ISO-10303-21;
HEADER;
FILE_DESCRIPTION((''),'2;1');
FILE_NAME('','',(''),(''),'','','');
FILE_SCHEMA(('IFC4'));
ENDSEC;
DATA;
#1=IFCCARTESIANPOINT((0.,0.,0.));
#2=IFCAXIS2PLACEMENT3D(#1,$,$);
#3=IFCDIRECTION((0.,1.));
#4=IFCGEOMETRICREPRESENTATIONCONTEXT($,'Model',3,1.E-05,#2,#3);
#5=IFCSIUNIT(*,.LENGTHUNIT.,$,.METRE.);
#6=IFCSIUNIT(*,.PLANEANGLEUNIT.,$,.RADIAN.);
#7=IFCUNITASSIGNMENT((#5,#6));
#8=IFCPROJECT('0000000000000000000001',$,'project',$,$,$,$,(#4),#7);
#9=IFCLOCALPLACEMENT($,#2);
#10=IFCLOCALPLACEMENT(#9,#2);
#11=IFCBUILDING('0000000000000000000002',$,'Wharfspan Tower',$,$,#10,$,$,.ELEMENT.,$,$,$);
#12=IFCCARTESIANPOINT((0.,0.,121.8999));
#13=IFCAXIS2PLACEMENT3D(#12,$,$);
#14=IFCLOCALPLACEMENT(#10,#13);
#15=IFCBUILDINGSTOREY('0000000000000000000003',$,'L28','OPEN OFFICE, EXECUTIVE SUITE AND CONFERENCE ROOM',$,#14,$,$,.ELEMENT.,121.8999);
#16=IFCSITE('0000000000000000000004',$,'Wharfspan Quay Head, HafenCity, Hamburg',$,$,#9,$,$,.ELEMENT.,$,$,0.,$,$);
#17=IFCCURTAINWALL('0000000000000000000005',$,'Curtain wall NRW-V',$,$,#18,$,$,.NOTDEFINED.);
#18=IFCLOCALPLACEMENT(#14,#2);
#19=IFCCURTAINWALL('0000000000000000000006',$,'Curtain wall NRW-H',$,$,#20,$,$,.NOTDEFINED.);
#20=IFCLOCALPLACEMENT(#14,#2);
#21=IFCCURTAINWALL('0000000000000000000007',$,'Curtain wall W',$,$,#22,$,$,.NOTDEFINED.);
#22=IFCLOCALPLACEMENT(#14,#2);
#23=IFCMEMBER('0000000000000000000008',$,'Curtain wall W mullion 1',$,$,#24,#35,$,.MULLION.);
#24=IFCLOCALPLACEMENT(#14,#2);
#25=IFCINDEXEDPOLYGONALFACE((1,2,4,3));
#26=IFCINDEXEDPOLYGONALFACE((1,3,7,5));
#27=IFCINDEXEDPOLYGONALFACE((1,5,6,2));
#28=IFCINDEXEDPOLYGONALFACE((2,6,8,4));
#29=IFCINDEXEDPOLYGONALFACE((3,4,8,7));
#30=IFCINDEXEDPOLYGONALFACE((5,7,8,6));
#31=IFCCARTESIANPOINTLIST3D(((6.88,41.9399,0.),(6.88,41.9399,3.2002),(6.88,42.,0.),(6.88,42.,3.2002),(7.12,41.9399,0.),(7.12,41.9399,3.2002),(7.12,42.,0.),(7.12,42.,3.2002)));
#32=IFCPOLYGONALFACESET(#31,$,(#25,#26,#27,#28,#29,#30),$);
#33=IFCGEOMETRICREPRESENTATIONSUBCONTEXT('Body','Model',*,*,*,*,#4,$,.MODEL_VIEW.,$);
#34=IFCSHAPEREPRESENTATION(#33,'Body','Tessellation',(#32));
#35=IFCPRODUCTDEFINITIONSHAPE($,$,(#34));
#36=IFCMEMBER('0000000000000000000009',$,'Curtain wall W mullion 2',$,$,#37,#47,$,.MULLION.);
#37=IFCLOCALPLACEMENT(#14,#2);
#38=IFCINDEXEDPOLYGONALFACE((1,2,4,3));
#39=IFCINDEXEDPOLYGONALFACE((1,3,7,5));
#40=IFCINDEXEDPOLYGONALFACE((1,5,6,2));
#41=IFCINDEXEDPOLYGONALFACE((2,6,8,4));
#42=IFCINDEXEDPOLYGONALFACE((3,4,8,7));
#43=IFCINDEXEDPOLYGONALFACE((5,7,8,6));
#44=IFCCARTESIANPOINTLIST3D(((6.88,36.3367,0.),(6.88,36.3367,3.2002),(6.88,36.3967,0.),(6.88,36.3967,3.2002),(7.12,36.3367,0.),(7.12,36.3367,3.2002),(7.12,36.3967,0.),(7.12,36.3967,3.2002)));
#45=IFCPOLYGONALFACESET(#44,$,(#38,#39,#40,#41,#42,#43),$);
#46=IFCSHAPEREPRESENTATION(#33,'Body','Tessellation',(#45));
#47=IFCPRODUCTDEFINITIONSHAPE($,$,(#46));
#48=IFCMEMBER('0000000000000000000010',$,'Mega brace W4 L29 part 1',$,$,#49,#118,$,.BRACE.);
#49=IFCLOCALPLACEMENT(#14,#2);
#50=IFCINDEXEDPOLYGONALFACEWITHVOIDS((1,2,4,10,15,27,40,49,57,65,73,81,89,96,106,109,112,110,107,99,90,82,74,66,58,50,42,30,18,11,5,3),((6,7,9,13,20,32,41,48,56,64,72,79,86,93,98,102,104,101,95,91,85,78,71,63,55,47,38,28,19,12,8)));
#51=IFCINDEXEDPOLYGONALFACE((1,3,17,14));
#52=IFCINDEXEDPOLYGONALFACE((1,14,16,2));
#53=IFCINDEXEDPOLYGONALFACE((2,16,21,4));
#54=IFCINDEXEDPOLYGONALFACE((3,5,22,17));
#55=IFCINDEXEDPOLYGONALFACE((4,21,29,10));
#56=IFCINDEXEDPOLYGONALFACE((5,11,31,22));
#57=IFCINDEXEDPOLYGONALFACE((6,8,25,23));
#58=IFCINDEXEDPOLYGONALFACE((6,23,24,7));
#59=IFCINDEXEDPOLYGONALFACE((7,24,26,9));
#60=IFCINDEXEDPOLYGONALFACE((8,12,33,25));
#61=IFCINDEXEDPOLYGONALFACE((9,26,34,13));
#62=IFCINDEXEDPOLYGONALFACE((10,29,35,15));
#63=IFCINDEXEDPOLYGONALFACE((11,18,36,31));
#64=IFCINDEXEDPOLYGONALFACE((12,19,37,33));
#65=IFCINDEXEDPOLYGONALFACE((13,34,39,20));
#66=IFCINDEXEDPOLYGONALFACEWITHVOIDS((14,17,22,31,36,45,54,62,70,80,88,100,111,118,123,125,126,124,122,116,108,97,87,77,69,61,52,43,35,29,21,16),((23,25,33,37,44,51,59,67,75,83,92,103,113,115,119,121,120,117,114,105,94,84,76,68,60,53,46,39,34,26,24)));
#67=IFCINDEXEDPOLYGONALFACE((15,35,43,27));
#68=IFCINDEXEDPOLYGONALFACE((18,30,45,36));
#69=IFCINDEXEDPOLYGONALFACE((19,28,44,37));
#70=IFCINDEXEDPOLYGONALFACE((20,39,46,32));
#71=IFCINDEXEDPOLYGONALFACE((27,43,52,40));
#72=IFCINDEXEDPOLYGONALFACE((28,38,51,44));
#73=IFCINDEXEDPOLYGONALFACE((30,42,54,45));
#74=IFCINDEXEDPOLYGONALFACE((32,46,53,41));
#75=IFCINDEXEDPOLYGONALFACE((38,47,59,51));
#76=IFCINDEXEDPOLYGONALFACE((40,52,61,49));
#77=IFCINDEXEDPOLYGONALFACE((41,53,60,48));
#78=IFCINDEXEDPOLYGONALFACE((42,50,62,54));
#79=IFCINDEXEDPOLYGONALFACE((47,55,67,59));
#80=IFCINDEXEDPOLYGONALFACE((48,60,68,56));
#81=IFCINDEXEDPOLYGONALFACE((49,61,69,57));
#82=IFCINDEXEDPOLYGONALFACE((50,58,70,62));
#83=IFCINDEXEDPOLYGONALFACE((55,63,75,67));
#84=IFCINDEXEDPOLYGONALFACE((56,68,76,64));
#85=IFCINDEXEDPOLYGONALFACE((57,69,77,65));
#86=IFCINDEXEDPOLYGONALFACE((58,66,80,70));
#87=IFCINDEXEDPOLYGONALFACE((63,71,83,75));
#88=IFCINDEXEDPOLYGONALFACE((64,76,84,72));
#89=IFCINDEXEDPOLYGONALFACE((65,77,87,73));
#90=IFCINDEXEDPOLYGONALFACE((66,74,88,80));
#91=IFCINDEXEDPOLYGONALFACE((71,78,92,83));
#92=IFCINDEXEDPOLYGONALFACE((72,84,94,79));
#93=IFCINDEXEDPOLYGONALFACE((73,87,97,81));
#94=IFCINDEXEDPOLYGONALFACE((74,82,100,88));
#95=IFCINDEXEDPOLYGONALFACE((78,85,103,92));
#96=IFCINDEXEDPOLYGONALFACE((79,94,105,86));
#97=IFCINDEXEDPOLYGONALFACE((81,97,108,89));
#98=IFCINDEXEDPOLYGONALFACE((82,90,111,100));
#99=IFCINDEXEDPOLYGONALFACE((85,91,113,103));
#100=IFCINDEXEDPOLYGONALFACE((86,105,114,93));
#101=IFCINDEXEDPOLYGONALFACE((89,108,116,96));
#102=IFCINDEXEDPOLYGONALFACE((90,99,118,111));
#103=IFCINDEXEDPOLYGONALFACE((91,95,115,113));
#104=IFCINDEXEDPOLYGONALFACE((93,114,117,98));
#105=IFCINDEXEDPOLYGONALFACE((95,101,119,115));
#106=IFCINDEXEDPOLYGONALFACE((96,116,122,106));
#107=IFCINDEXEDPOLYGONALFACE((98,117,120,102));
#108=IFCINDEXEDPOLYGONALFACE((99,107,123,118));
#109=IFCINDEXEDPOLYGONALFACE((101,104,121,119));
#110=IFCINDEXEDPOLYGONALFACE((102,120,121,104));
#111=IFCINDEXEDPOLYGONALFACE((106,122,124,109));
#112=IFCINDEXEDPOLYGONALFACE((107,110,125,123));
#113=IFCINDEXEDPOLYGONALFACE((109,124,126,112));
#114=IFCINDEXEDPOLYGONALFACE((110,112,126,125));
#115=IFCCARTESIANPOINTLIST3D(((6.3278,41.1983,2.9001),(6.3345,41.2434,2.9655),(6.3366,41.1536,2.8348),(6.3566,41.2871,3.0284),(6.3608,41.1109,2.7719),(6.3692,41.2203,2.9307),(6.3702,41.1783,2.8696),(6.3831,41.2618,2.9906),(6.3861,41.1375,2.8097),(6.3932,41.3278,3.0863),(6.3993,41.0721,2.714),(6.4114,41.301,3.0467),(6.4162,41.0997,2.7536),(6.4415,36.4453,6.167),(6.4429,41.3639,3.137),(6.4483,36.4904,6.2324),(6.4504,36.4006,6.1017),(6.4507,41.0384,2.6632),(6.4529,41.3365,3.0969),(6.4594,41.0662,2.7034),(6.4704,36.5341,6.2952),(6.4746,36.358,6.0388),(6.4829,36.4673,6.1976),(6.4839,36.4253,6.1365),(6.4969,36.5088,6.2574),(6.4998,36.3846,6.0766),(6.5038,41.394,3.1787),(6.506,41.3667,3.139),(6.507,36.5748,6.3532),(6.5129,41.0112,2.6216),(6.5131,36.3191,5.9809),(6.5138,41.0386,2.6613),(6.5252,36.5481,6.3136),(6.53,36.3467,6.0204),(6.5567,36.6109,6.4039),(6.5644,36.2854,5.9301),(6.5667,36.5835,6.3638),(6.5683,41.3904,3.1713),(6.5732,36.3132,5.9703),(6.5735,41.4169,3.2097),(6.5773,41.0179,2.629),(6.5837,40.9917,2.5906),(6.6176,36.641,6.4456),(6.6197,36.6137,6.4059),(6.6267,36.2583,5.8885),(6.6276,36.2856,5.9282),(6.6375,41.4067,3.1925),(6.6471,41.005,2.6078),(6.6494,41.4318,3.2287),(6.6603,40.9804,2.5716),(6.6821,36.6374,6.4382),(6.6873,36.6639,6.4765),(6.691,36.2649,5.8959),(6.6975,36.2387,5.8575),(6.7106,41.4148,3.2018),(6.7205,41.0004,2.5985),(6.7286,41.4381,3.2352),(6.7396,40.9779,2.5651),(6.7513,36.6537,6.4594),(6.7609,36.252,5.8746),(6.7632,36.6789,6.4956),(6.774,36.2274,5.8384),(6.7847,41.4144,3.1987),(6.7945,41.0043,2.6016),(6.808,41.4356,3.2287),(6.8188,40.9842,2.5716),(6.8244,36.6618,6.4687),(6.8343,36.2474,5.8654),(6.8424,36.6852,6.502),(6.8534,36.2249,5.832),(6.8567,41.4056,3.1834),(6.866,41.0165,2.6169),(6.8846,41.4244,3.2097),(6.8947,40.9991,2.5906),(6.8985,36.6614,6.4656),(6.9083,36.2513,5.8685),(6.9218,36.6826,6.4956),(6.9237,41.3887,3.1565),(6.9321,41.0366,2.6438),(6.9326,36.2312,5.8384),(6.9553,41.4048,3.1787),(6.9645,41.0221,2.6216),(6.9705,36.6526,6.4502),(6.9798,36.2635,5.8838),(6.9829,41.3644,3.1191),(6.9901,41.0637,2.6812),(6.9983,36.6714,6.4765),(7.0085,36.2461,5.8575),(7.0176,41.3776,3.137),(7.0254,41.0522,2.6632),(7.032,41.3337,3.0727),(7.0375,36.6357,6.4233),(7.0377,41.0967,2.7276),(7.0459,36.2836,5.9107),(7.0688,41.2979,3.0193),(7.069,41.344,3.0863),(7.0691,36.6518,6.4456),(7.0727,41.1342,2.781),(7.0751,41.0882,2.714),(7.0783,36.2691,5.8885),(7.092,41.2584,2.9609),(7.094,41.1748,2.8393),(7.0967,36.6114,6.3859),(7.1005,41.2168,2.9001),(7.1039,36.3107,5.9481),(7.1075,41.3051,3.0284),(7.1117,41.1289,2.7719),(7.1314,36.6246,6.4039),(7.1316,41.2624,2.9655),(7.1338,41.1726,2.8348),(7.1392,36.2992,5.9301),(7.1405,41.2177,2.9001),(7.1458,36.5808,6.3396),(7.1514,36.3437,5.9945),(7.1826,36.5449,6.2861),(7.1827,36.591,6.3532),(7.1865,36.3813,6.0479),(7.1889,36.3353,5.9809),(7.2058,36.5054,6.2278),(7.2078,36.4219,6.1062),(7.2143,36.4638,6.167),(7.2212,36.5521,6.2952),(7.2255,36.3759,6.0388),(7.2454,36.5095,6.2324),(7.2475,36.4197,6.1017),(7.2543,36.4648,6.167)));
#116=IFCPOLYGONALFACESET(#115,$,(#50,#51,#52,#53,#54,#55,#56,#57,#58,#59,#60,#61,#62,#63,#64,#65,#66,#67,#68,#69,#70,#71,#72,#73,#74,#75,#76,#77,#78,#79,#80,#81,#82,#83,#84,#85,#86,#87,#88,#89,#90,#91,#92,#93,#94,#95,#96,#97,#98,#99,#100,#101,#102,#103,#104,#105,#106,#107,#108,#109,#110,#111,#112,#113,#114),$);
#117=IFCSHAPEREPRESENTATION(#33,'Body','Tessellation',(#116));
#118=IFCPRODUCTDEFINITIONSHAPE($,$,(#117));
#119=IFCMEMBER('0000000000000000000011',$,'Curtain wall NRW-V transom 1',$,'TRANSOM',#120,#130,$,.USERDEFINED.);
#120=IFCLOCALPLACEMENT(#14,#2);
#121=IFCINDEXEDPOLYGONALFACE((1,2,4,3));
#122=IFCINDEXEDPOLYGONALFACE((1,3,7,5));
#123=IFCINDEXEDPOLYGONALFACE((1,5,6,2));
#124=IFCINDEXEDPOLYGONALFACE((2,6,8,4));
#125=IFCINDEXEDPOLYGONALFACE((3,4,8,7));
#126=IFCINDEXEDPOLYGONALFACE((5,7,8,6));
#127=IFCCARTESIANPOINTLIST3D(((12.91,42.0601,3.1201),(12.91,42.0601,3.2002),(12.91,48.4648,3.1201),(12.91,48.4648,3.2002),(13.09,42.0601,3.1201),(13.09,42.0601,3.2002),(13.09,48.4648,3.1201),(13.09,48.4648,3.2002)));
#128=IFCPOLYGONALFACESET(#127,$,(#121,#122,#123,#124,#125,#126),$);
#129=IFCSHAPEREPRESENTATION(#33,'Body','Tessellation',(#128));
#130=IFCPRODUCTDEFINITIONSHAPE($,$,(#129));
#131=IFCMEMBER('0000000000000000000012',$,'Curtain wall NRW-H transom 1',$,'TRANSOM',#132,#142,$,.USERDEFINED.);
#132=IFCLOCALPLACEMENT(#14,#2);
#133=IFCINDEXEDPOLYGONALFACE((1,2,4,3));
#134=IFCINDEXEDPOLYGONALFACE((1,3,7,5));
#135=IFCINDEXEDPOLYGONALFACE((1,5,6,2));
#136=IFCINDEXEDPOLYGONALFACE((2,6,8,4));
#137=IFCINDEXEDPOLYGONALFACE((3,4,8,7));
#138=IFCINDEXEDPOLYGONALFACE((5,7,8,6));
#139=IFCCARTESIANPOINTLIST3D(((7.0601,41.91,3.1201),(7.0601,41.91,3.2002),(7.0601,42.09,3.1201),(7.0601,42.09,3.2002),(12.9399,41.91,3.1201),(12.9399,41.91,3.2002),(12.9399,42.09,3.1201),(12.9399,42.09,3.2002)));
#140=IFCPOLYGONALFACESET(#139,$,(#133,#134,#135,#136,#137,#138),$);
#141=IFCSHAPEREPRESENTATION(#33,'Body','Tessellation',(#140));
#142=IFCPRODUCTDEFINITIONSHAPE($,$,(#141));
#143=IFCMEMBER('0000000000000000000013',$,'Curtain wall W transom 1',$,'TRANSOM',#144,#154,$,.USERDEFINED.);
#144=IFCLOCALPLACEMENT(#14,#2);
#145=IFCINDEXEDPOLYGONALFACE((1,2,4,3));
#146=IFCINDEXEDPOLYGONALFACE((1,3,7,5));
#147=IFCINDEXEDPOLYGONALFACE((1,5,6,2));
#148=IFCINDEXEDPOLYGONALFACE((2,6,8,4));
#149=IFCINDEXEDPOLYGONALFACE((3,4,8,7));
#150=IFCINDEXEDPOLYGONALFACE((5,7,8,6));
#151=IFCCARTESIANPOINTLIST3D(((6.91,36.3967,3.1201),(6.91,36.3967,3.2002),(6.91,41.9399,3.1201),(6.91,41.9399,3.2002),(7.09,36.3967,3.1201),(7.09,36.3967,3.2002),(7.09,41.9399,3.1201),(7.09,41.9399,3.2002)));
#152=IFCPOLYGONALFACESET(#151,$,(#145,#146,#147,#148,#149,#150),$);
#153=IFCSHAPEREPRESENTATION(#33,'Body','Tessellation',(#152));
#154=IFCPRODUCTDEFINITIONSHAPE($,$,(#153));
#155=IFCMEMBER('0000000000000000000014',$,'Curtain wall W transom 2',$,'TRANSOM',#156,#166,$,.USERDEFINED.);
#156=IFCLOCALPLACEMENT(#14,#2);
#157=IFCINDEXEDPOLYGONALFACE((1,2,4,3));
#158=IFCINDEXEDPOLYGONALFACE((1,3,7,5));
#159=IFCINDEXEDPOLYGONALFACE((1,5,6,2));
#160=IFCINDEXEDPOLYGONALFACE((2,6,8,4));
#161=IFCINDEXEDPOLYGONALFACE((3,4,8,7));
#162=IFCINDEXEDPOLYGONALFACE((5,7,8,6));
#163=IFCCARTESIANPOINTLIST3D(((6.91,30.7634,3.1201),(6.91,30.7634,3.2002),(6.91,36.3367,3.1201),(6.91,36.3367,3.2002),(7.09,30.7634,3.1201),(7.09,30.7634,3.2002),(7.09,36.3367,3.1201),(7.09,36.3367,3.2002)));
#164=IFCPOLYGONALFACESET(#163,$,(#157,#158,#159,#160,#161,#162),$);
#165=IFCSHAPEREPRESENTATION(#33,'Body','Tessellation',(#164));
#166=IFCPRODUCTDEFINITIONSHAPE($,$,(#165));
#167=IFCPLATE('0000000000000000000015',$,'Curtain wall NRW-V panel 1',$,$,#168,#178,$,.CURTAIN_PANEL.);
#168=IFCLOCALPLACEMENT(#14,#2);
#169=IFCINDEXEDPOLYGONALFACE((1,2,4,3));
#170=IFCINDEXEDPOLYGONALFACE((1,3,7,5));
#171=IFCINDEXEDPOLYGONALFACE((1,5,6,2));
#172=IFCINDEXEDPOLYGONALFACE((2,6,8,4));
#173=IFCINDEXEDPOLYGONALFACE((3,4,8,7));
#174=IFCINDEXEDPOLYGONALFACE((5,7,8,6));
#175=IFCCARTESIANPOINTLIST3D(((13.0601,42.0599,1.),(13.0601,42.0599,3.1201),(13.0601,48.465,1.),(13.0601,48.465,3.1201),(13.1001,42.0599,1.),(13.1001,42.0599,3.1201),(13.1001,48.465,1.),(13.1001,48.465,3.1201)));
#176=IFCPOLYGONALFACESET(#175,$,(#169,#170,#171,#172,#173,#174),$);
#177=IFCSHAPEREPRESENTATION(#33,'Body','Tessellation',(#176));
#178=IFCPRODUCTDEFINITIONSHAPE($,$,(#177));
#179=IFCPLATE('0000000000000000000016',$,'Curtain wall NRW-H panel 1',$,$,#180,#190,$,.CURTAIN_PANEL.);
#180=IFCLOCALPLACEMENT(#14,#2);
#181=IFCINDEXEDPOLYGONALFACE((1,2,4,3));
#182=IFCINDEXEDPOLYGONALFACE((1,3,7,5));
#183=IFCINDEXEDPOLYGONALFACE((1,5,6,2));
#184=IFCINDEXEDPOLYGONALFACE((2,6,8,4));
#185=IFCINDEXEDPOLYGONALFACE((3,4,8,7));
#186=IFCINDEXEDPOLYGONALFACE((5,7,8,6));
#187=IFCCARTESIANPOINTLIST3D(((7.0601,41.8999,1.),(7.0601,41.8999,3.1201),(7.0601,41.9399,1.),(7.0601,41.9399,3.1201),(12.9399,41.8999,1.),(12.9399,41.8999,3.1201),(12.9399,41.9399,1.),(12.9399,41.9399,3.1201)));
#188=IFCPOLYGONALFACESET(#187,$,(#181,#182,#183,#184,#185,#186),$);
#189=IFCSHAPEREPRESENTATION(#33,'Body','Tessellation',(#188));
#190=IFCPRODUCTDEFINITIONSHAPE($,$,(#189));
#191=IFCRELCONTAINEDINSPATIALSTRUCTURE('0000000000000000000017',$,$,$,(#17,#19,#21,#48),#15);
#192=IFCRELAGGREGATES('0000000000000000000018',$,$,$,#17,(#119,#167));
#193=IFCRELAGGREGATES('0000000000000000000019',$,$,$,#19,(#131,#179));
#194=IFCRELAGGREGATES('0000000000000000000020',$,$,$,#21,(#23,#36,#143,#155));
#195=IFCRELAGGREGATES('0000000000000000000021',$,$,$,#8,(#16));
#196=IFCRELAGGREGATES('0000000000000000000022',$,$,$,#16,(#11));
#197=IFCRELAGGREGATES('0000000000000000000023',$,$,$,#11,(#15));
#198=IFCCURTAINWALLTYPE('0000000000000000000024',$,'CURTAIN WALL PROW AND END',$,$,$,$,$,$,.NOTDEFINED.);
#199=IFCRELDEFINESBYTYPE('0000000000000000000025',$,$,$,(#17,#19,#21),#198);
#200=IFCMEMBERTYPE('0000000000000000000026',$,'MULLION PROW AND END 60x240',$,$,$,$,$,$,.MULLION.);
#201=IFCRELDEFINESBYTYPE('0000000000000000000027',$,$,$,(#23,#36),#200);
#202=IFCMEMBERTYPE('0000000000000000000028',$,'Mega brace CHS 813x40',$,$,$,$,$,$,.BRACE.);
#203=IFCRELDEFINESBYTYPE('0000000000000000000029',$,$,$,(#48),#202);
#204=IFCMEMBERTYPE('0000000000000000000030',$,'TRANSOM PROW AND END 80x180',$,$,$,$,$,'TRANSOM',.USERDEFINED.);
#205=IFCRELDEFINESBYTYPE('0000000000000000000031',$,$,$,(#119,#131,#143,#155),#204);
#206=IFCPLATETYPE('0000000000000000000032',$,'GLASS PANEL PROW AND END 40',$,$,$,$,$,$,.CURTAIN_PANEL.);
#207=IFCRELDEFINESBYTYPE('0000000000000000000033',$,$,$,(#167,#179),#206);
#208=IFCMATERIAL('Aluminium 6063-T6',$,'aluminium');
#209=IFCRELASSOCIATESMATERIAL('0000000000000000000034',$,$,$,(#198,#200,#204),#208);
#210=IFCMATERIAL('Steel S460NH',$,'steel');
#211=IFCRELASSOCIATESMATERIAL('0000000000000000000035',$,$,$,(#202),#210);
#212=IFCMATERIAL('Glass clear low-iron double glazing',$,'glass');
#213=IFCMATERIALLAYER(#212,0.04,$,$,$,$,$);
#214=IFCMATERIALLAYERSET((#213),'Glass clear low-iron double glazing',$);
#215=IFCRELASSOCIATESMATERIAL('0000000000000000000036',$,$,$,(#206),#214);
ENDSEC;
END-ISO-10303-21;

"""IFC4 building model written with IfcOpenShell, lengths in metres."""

from ifc_helpers import new_model, si_unit, direction, frame, origin, origin_2d, place, context, subcontext, project, spatial, rectangle, hollow_circle, extrude, material, layer, layer_set, material_profile, profile_set, type_object, element, aggregate, save


model = new_model("IFC4")

# Units and contexts
model_context = context("Model", 3, precision=1e-05, world=origin(), true_north=direction((0.0, 1.0)))
body_context = subcontext(model_context, "Body", "Model", "MODEL_VIEW")
ifc_project = project(units=[si_unit("LENGTHUNIT", "METRE"), si_unit("PLANEANGLEUNIT", "RADIAN")], contexts=[model_context])

# Site, building, storey
site_placement = place(None, origin())
site = spatial("IfcSite", under=ifc_project, at=site_placement, Name="Wharfspan Quay Head, HafenCity, Hamburg", CompositionType="ELEMENT", RefElevation=0.0)
building_placement = place(site_placement, origin())
building = spatial("IfcBuilding", under=site, at=building_placement, Name="Wharfspan Tower", CompositionType="ELEMENT")
storey_placement = place(building_placement, frame((0.0, 0.0, 121.8999)))
storey = spatial("IfcBuildingStorey", under=building, at=storey_placement, Name="L28", Description="OPEN OFFICE, EXECUTIVE SUITE AND CONFERENCE ROOM", CompositionType="ELEMENT", Elevation=121.8999)

# Curtain walls, members
ifc_material_1 = material(Name="Aluminium 6063-T6", Category="aluminium")
curtain_wall_type = type_object("IfcCurtainWallType", Name="CURTAIN WALL PROW AND END", PredefinedType="NOTDEFINED", material=ifc_material_1)
curtain_wall_1_placement = place(storey_placement, origin())
curtain_wall_1 = element("IfcCurtainWall", 1, at=curtain_wall_1_placement, inside=storey, type_object=curtain_wall_type, Name="Curtain wall NRW-V", PredefinedType="NOTDEFINED")
ifc_material_profile_1 = material_profile(ifc_material_1, rectangle(XDim=0.24, YDim=0.0601, at=origin_2d()))
ifc_profile_set_1 = profile_set([ifc_material_profile_1], Name="Aluminium 6063-T6")
member_type_1 = type_object("IfcMemberType", Name="MULLION PROW AND END 60x240", PredefinedType="MULLION", material=ifc_profile_set_1)
curtain_wall_2_placement = place(storey_placement, origin())
curtain_wall_2 = element("IfcCurtainWall", 2, at=curtain_wall_2_placement, inside=storey, type_object=curtain_wall_type, Name="Curtain wall NRW-H", PredefinedType="NOTDEFINED")
curtain_wall_3_placement = place(storey_placement, origin())
curtain_wall_3 = element("IfcCurtainWall", 3, at=curtain_wall_3_placement, inside=storey, type_object=curtain_wall_type, Name="Curtain wall W", PredefinedType="NOTDEFINED")
member_1_placement = place(storey_placement, frame((7.0, 41.97, 0.0), z_axis=(0.0, 0.0, 1.0), x_axis=(1.0, 0.0, 0.0)))
member_1 = element("IfcMember", 4, at=member_1_placement, type_object=member_type_1, Name="Curtain wall W mullion 1", PredefinedType="MULLION", context=body_context, shape_type="SweptSolid", body=[
    extrude(rectangle(XDim=0.24, YDim=0.0601, at=origin_2d()), origin(), (0.0, 0.0, 1.0), 3.2002),
])
member_2_placement = place(storey_placement, frame((7.0, 36.3667, 0.0), z_axis=(0.0, 0.0, 1.0), x_axis=(1.0, 0.0, 0.0)))
member_2 = element("IfcMember", 5, at=member_2_placement, type_object=member_type_1, Name="Curtain wall W mullion 2", PredefinedType="MULLION", context=body_context, shape_type="SweptSolid", body=[
    extrude(rectangle(XDim=0.24, YDim=0.0601, at=origin_2d()), origin(), (0.0, 0.0, 1.0), 3.2002),
])

# Members
ifc_material_2 = material(Name="Steel S460NH", Category="steel")
ifc_material_profile_2 = material_profile(ifc_material_2, hollow_circle(Radius=0.4065, WallThickness=0.04, at=origin_2d()))
ifc_profile_set_2 = profile_set([ifc_material_profile_2], Name="Steel S460NH")
member_type_2 = type_object("IfcMemberType", Name="Mega brace CHS 813x40", PredefinedType="BRACE", material=ifc_profile_set_2)
member_3_placement = place(storey_placement, frame((6.7341, 41.208, 2.9001), z_axis=(0.019723, -0.823946, 0.566325), x_axis=(0.999713, 0.023929, -0.000002)))
element("IfcMember", 6, at=member_3_placement, inside=storey, type_object=member_type_2, Name="Mega brace W4 L29 part 1", PredefinedType="BRACE", context=body_context, shape_type="SweptSolid", body=[
    extrude(hollow_circle(Radius=0.4065, WallThickness=0.04, at=origin_2d()), origin(), (0.0, 0.0, 1.0), 5.7686),
])
ifc_material_profile_3 = material_profile(ifc_material_1, rectangle(XDim=0.1799, YDim=0.0801, at=origin_2d()))
ifc_profile_set_3 = profile_set([ifc_material_profile_3], Name="Aluminium 6063-T6")
member_type_3 = type_object("IfcMemberType", Name="TRANSOM PROW AND END 80x180", ElementType="TRANSOM", PredefinedType="USERDEFINED", material=ifc_profile_set_3)
member_4_placement = place(storey_placement, frame((13.0, 48.4648, 3.1602), z_axis=(0.0, -1.0, 0.0), x_axis=(1.0, 0.0, 0.0)))
member_4 = element("IfcMember", 7, at=member_4_placement, type_object=member_type_3, Name="Curtain wall NRW-V transom 1", ObjectType="TRANSOM", PredefinedType="USERDEFINED", context=body_context, shape_type="SweptSolid", body=[
    extrude(rectangle(XDim=0.1799, YDim=0.0801, at=origin_2d()), origin(), (0.0, 0.0, 1.0), 6.4048),
])
member_5_placement = place(storey_placement, frame((12.9399, 42.0, 3.1602), z_axis=(-1.0, 0.0, 0.0), x_axis=(0.0, -1.0, 0.0)))
member_5 = element("IfcMember", 8, at=member_5_placement, type_object=member_type_3, Name="Curtain wall NRW-H transom 1", ObjectType="TRANSOM", PredefinedType="USERDEFINED", context=body_context, shape_type="SweptSolid", body=[
    extrude(rectangle(XDim=0.1799, YDim=0.0801, at=origin_2d()), origin(), (0.0, 0.0, 1.0), 5.8799),
])
member_6_placement = place(storey_placement, frame((7.0, 41.9399, 3.1602), z_axis=(0.0, -1.0, 0.0), x_axis=(1.0, 0.0, 0.0)))
member_6 = element("IfcMember", 9, at=member_6_placement, type_object=member_type_3, Name="Curtain wall W transom 1", ObjectType="TRANSOM", PredefinedType="USERDEFINED", context=body_context, shape_type="SweptSolid", body=[
    extrude(rectangle(XDim=0.1799, YDim=0.0801, at=origin_2d()), origin(), (0.0, 0.0, 1.0), 5.5432),
])
member_7_placement = place(storey_placement, frame((7.0, 36.3367, 3.1602), z_axis=(0.0, -1.0, 0.0), x_axis=(1.0, 0.0, 0.0)))
member_7 = element("IfcMember", 10, at=member_7_placement, type_object=member_type_3, Name="Curtain wall W transom 2", ObjectType="TRANSOM", PredefinedType="USERDEFINED", context=body_context, shape_type="SweptSolid", body=[
    extrude(rectangle(XDim=0.1799, YDim=0.0801, at=origin_2d()), origin(), (0.0, 0.0, 1.0), 5.5732),
])

# Plates
ifc_material_3 = material(Name="Glass clear low-iron double glazing", Category="glass")
ifc_layer_1 = layer(ifc_material_3, 0.04)
ifc_layer_set_1 = layer_set([ifc_layer_1], Name="Glass clear low-iron double glazing")
plate_type_1 = type_object("IfcPlateType", Name="GLASS PANEL PROW AND END 40", PredefinedType="CURTAIN_PANEL", material=ifc_layer_set_1)
plate_1_placement = place(storey_placement, frame((13.0801, 45.2625, 1.0), z_axis=(0.0, 0.0, 1.0), x_axis=(0.0, -1.0, 0.0)))
plate_1 = element("IfcPlate", 11, at=plate_1_placement, type_object=plate_type_1, Name="Curtain wall NRW-V panel 1", PredefinedType="CURTAIN_PANEL", context=body_context, shape_type="SweptSolid", body=[
    extrude(rectangle(XDim=6.405, YDim=0.04, at=origin_2d()), origin(), (0.0, 0.0, 1.0), 2.1201),
])
aggregate(curtain_wall_1, [member_4, plate_1])
plate_2_placement = place(storey_placement, frame((10.0, 41.9199, 1.0), z_axis=(0.0, 0.0, 1.0), x_axis=(-1.0, 0.0, 0.0)))
plate_2 = element("IfcPlate", 12, at=plate_2_placement, type_object=plate_type_1, Name="Curtain wall NRW-H panel 1", PredefinedType="CURTAIN_PANEL", context=body_context, shape_type="SweptSolid", body=[
    extrude(rectangle(XDim=5.8799, YDim=0.04, at=origin_2d()), origin(), (0.0, 0.0, 1.0), 2.1201),
])
aggregate(curtain_wall_2, [member_5, plate_2])
aggregate(curtain_wall_3, [member_1, member_2, member_6, member_7])

save(model, "model.ifc")
